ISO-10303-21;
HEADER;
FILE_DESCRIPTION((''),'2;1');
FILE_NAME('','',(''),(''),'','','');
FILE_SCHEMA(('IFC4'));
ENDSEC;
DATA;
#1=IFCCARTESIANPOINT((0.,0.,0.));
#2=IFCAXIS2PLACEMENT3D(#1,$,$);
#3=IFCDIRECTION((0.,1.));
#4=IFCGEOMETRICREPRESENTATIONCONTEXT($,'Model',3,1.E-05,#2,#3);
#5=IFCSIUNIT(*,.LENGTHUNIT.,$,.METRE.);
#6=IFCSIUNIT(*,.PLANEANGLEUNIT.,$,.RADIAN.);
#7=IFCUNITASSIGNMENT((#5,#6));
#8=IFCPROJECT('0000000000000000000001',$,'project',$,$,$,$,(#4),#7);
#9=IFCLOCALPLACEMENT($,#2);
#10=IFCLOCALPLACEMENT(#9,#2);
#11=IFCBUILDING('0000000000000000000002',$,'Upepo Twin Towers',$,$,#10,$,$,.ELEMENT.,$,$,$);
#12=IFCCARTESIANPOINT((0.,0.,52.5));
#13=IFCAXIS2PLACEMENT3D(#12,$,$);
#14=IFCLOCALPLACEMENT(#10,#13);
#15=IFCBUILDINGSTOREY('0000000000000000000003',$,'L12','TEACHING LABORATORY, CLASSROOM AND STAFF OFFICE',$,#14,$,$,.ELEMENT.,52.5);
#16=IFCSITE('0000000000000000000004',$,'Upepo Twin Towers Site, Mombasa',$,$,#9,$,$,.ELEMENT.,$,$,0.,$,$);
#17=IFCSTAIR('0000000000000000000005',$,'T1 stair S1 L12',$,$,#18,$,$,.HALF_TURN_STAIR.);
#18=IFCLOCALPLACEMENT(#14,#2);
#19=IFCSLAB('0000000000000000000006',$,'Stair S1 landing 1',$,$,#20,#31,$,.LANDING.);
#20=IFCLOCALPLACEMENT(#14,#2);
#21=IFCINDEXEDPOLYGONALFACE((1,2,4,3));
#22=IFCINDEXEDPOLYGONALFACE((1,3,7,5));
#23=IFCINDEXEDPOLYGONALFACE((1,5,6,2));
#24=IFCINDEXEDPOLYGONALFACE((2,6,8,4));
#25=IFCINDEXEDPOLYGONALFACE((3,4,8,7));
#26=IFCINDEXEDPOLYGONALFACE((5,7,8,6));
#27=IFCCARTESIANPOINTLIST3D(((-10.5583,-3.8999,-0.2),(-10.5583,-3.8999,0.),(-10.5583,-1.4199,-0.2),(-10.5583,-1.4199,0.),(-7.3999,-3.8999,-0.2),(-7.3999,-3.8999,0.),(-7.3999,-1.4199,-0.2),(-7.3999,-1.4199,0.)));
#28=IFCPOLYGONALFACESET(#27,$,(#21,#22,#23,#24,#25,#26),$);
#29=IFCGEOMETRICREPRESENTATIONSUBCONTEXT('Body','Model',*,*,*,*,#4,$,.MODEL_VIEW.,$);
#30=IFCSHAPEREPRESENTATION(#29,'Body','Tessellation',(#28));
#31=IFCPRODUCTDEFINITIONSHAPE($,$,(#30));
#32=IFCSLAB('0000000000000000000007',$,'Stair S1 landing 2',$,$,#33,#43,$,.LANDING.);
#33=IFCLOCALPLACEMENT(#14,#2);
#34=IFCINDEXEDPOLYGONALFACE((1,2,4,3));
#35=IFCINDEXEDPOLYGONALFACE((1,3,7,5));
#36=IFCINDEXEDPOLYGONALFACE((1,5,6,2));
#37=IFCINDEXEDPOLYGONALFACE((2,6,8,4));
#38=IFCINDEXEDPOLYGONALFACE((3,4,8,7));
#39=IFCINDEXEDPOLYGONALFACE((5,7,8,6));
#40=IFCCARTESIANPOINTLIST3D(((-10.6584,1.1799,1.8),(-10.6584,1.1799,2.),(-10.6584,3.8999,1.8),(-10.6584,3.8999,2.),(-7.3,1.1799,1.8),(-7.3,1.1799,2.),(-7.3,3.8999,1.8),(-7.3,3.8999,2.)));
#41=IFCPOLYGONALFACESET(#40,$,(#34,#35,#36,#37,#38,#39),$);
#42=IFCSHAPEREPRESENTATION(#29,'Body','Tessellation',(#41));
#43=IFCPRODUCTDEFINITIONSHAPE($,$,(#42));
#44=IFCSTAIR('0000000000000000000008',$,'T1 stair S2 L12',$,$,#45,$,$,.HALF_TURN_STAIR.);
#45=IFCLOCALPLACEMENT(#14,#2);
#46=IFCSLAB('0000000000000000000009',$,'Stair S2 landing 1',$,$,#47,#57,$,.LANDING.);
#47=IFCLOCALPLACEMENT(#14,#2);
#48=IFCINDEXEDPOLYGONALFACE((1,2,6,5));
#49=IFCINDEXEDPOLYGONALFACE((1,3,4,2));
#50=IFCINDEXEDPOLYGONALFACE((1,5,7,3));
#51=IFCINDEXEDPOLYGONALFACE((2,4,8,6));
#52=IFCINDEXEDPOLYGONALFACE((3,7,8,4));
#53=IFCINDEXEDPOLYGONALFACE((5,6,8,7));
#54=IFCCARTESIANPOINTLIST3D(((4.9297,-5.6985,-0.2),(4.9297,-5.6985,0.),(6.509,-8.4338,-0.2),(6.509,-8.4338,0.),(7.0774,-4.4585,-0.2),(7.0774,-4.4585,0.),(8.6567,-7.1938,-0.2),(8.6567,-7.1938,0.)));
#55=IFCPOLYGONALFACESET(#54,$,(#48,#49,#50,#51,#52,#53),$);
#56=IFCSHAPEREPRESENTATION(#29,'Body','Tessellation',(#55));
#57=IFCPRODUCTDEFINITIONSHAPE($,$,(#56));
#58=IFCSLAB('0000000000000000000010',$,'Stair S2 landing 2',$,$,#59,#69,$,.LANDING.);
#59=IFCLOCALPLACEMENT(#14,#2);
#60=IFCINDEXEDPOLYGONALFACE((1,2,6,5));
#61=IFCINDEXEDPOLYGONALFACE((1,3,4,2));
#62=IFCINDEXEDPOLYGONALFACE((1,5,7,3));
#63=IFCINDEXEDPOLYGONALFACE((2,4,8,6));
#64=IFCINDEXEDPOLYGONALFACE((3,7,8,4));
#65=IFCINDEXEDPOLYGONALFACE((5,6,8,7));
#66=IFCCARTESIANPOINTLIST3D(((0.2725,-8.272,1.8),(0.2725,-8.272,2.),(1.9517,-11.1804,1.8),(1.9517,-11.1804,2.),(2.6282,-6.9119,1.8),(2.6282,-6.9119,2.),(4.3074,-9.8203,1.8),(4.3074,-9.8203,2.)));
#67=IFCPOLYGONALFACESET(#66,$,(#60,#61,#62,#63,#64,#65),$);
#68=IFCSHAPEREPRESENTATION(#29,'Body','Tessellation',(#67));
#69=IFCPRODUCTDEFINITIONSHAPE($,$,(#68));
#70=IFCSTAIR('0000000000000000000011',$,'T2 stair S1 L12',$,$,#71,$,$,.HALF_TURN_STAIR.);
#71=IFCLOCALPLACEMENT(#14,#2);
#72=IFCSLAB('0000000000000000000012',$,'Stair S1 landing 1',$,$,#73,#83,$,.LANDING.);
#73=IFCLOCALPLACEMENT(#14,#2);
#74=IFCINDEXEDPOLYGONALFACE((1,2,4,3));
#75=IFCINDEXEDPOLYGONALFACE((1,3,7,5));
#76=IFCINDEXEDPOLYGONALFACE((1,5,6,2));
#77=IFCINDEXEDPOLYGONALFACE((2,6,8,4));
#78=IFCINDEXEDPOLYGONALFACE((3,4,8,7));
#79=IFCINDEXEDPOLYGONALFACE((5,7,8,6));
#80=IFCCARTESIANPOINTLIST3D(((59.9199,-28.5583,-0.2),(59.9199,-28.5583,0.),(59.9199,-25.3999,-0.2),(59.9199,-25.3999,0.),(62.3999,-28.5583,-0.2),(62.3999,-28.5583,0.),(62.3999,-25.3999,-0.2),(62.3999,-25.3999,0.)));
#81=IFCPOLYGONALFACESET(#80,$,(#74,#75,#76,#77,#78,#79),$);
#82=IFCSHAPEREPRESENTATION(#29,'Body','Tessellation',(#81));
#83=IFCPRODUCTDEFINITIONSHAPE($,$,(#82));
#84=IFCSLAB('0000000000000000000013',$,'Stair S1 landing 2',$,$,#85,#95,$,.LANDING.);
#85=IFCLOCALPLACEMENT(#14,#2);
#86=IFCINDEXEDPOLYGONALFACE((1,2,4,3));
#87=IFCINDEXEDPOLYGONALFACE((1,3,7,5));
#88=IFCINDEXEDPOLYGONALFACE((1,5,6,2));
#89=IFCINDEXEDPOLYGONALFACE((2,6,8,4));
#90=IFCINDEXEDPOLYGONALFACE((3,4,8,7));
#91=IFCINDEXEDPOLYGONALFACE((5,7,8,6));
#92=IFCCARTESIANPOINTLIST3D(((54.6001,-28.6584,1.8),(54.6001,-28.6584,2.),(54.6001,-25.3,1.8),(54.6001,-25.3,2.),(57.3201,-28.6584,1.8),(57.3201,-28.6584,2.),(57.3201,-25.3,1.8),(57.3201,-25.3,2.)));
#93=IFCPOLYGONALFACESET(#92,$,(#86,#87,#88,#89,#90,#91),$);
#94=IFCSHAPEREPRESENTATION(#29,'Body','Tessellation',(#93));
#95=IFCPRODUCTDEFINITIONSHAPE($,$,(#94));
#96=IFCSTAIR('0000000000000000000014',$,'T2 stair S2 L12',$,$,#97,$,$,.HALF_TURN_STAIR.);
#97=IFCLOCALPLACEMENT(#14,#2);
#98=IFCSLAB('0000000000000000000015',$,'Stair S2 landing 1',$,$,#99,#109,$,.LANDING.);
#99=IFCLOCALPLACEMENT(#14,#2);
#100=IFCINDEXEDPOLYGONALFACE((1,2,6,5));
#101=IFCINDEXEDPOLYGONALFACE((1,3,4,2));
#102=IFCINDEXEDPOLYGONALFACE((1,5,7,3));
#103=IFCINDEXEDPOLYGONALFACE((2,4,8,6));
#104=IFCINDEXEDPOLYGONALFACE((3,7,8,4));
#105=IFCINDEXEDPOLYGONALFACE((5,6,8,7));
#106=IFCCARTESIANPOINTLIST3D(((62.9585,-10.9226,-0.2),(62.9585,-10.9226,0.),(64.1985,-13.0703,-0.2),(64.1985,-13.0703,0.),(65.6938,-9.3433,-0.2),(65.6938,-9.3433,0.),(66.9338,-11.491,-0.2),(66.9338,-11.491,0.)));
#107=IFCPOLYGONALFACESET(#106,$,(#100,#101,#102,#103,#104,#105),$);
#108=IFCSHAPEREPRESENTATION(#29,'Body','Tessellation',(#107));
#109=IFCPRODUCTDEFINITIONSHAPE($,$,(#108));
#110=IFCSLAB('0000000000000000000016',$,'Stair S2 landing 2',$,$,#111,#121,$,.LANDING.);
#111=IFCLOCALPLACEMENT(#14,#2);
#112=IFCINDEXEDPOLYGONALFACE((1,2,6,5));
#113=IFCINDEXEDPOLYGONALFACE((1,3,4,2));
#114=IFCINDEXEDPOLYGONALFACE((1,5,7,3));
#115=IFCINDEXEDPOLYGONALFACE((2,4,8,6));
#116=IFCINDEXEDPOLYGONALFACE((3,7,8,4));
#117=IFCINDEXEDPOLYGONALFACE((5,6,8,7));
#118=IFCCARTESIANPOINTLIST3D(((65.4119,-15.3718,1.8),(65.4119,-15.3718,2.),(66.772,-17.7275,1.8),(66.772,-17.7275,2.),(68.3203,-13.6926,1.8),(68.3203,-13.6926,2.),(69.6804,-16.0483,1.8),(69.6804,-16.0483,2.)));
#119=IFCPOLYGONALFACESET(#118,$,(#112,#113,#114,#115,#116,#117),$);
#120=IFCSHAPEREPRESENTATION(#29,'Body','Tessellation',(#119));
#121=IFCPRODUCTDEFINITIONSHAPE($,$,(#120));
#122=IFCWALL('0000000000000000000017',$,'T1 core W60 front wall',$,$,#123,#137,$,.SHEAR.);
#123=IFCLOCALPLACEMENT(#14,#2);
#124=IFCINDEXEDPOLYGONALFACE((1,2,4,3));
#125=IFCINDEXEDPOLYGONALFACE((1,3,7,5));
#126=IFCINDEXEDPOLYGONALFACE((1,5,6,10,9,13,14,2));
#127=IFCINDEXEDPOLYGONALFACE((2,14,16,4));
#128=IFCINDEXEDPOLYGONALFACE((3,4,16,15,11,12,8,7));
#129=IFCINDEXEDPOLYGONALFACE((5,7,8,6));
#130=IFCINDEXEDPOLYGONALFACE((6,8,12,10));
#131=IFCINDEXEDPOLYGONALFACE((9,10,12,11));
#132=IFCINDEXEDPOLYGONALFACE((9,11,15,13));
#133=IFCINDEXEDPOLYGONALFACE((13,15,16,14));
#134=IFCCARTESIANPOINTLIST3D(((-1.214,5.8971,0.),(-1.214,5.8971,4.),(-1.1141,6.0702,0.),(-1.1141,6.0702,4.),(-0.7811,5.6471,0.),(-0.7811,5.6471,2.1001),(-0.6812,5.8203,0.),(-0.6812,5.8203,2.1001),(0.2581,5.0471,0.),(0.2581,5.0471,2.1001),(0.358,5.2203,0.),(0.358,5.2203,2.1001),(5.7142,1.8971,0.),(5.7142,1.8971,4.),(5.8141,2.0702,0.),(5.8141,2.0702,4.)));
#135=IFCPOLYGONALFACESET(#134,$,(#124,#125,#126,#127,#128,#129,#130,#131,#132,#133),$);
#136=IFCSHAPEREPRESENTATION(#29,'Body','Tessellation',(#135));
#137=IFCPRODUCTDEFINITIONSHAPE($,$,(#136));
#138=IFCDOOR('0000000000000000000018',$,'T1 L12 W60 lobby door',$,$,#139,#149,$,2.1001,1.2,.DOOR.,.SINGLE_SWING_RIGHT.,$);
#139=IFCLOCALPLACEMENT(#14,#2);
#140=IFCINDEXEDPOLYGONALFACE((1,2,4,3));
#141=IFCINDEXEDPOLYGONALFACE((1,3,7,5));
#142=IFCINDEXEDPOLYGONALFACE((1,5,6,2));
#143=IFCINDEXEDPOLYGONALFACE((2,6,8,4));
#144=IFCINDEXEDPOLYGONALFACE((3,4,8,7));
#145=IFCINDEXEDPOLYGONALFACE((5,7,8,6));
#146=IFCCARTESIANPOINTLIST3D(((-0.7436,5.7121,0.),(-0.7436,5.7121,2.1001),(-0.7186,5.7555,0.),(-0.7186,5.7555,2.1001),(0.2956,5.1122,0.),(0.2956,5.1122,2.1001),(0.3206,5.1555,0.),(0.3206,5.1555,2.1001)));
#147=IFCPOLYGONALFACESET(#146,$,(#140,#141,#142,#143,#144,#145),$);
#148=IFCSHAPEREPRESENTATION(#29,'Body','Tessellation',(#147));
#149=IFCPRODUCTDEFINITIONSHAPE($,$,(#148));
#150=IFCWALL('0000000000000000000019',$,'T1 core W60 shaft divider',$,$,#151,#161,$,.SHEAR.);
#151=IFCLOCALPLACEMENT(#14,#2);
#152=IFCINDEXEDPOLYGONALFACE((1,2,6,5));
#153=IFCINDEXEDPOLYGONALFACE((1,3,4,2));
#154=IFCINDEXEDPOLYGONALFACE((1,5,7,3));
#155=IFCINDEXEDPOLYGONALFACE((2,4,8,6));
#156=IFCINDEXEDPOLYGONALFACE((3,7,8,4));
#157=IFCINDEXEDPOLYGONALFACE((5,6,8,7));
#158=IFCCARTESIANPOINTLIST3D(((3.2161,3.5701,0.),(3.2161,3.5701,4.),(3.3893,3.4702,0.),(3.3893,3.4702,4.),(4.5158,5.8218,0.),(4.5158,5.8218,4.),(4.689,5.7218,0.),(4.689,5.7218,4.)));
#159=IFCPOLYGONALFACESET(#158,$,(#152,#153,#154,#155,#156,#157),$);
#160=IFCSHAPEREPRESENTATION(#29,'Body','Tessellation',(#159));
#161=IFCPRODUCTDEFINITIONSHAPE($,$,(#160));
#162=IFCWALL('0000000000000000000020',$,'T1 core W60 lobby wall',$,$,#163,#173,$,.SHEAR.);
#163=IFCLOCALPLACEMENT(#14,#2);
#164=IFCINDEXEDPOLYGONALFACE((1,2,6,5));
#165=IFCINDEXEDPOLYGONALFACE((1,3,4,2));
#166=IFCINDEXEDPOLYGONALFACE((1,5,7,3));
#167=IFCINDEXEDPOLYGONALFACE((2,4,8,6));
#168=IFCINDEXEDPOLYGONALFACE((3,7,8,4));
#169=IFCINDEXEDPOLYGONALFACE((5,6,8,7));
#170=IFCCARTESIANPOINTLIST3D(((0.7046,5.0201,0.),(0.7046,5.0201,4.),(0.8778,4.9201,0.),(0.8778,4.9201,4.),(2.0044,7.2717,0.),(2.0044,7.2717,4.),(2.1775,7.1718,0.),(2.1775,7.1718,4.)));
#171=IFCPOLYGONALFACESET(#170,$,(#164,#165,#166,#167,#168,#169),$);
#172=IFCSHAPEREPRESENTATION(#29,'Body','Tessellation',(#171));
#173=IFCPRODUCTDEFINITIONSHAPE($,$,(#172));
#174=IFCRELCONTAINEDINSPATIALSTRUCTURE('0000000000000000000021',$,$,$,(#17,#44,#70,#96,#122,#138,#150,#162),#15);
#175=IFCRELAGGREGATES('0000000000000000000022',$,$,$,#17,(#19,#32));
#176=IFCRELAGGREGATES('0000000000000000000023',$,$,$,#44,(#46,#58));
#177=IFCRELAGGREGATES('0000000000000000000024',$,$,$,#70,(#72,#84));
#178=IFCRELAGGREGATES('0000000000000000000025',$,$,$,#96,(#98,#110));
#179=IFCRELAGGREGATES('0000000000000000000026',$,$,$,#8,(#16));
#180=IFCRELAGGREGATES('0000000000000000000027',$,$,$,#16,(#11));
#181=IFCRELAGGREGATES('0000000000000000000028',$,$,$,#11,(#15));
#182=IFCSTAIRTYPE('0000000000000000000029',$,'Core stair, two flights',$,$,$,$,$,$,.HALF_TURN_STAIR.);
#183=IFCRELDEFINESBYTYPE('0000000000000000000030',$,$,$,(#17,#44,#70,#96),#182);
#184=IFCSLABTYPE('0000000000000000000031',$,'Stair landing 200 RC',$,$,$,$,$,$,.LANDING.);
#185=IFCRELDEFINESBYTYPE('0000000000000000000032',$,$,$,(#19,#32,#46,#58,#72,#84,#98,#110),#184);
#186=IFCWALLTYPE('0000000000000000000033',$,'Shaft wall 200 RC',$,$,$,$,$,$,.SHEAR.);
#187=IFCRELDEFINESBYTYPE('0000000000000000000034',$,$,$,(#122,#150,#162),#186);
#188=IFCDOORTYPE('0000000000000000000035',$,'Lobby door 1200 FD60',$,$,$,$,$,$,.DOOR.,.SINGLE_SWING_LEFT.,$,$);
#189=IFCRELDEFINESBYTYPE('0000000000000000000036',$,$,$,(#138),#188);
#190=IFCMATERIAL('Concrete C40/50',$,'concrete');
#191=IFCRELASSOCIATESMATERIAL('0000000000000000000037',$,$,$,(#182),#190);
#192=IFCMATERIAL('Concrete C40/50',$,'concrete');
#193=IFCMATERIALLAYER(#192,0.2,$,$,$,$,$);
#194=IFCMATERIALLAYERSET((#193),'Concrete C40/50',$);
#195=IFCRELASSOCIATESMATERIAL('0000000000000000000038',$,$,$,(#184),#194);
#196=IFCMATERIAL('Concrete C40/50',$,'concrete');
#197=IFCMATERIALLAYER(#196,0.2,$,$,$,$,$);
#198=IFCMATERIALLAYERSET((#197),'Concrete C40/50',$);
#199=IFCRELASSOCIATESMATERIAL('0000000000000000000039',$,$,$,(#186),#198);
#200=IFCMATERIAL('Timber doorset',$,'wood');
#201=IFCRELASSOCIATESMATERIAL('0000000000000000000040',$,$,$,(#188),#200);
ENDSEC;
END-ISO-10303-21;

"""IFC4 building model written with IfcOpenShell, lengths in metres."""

from ifc_helpers import new_model, si_unit, direction, frame, frame_2d, origin, place, context, subcontext, project, spatial, polyline, rectangle, outline, extrude, material, layer, layer_set, type_object, element, fill, aggregate, save


model = new_model("IFC4")

# Units and contexts
model_context = context("Model", 3, precision=1e-05, world=origin(), true_north=direction((0.0, 1.0)))
body_context = subcontext(model_context, "Body", "Model", "MODEL_VIEW")
ifc_project = project(units=[si_unit("LENGTHUNIT", "METRE"), si_unit("PLANEANGLEUNIT", "RADIAN")], contexts=[model_context])

# Site, building, storey
site_placement = place(None, origin())
site = spatial("IfcSite", under=ifc_project, at=site_placement, Name="Upepo Twin Towers Site, Mombasa", CompositionType="ELEMENT", RefElevation=0.0)
building_placement = place(site_placement, origin())
building = spatial("IfcBuilding", under=site, at=building_placement, Name="Upepo Twin Towers", CompositionType="ELEMENT")
storey_placement = place(building_placement, frame((0.0, 0.0, 52.5)))
storey = spatial("IfcBuildingStorey", under=building, at=storey_placement, Name="L12", Description="TEACHING LABORATORY, CLASSROOM AND STAFF OFFICE", CompositionType="ELEMENT", Elevation=52.5)

# Stairs, slabs
ifc_material_1 = material(Name="Concrete C40/50", Category="concrete")
stair_type = type_object("IfcStairType", Name="Core stair, two flights", PredefinedType="HALF_TURN_STAIR", material=ifc_material_1)
stair_1_placement = place(storey_placement, origin())
stair_1 = element("IfcStair", 1, at=stair_1_placement, inside=storey, type_object=stair_type, Name="T1 stair S1 L12", PredefinedType="HALF_TURN_STAIR")
ifc_material_2 = material(Name="Concrete C40/50", Category="concrete")
ifc_layer_1 = layer(ifc_material_2, 0.2)
ifc_layer_set_1 = layer_set([ifc_layer_1], Name="Concrete C40/50")
slab_type = type_object("IfcSlabType", Name="Stair landing 200 RC", PredefinedType="LANDING", material=ifc_layer_set_1)
slab_1_placement = place(storey_placement, frame((0.0, 0.0, -0.2)))
slab_1 = element("IfcSlab", 2, at=slab_1_placement, type_object=slab_type, Name="Stair S1 landing 1", PredefinedType="LANDING", context=body_context, shape_type="SweptSolid", body=[
    extrude(outline(polyline([(-7.3999, -1.4199), (-10.5583, -1.4199), (-10.5583, -3.8999), (-7.3999, -3.8999), (-7.3999, -1.4199)])), origin(), (0.0, 0.0, 1.0), 0.2),
])
slab_2_placement = place(storey_placement, frame((0.0, 0.0, 1.8)))
slab_2 = element("IfcSlab", 3, at=slab_2_placement, type_object=slab_type, Name="Stair S1 landing 2", PredefinedType="LANDING", context=body_context, shape_type="SweptSolid", body=[
    extrude(outline(polyline([(-7.3, 3.8999), (-10.6584, 3.8999), (-10.6584, 1.1799), (-7.3, 1.1799), (-7.3, 3.8999)])), origin(), (0.0, 0.0, 1.0), 0.2),
])
aggregate(stair_1, [slab_1, slab_2])
stair_2_placement = place(storey_placement, origin())
stair_2 = element("IfcStair", 4, at=stair_2_placement, inside=storey, type_object=stair_type, Name="T1 stair S2 L12", PredefinedType="HALF_TURN_STAIR")
slab_3_placement = place(storey_placement, frame((0.0, 0.0, -0.2)))
slab_3 = element("IfcSlab", 5, at=slab_3_placement, type_object=slab_type, Name="Stair S2 landing 1", PredefinedType="LANDING", context=body_context, shape_type="SweptSolid", body=[
    extrude(outline(polyline([(4.9297, -5.6985), (6.509, -8.4338), (8.6567, -7.1938), (7.0774, -4.4585), (4.9297, -5.6985)])), origin(), (0.0, 0.0, 1.0), 0.2),
])
slab_4_placement = place(storey_placement, frame((0.0, 0.0, 1.8)))
slab_4 = element("IfcSlab", 6, at=slab_4_placement, type_object=slab_type, Name="Stair S2 landing 2", PredefinedType="LANDING", context=body_context, shape_type="SweptSolid", body=[
    extrude(outline(polyline([(0.2725, -8.272), (1.9517, -11.1804), (4.3074, -9.8203), (2.6282, -6.9119), (0.2725, -8.272)])), origin(), (0.0, 0.0, 1.0), 0.2),
])
aggregate(stair_2, [slab_3, slab_4])
stair_3_placement = place(storey_placement, origin())
stair_3 = element("IfcStair", 7, at=stair_3_placement, inside=storey, type_object=stair_type, Name="T2 stair S1 L12", PredefinedType="HALF_TURN_STAIR")
slab_5_placement = place(storey_placement, frame((0.0, 0.0, -0.2)))
slab_5 = element("IfcSlab", 8, at=slab_5_placement, type_object=slab_type, Name="Stair S1 landing 1", PredefinedType="LANDING", context=body_context, shape_type="SweptSolid", body=[
    extrude(outline(polyline([(59.9199, -25.3999), (59.9199, -28.5583), (62.3999, -28.5583), (62.3999, -25.3999), (59.9199, -25.3999)])), origin(), (0.0, 0.0, 1.0), 0.2),
])
slab_6_placement = place(storey_placement, frame((0.0, 0.0, 1.8)))
slab_6 = element("IfcSlab", 9, at=slab_6_placement, type_object=slab_type, Name="Stair S1 landing 2", PredefinedType="LANDING", context=body_context, shape_type="SweptSolid", body=[
    extrude(outline(polyline([(54.6001, -25.3), (54.6001, -28.6584), (57.3201, -28.6584), (57.3201, -25.3), (54.6001, -25.3)])), origin(), (0.0, 0.0, 1.0), 0.2),
])
aggregate(stair_3, [slab_5, slab_6])
stair_4_placement = place(storey_placement, origin())
stair_4 = element("IfcStair", 10, at=stair_4_placement, inside=storey, type_object=stair_type, Name="T2 stair S2 L12", PredefinedType="HALF_TURN_STAIR")
slab_7_placement = place(storey_placement, frame((0.0, 0.0, -0.2)))
slab_7 = element("IfcSlab", 11, at=slab_7_placement, type_object=slab_type, Name="Stair S2 landing 1", PredefinedType="LANDING", context=body_context, shape_type="SweptSolid", body=[
    extrude(outline(polyline([(64.1985, -13.0703), (66.9338, -11.491), (65.6938, -9.3433), (62.9585, -10.9226), (64.1985, -13.0703)])), origin(), (0.0, 0.0, 1.0), 0.2),
])
slab_8_placement = place(storey_placement, frame((0.0, 0.0, 1.8)))
slab_8 = element("IfcSlab", 12, at=slab_8_placement, type_object=slab_type, Name="Stair S2 landing 2", PredefinedType="LANDING", context=body_context, shape_type="SweptSolid", body=[
    extrude(outline(polyline([(66.772, -17.7275), (69.6804, -16.0483), (68.3203, -13.6926), (65.4119, -15.3718), (66.772, -17.7275)])), origin(), (0.0, 0.0, 1.0), 0.2),
])
aggregate(stair_4, [slab_7, slab_8])

# Wall, opening, door
ifc_material_3 = material(Name="Concrete C40/50", Category="concrete")
ifc_layer_2 = layer(ifc_material_3, 0.2)
ifc_layer_set_2 = layer_set([ifc_layer_2], Name="Concrete C40/50")
wall_type_1 = type_object("IfcWallType", Name="Shaft wall 200 RC", PredefinedType="SHEAR", material=ifc_layer_set_2)
wall_1_placement = place(storey_placement, frame((5.7642, 1.9836, 0.0), z_axis=(0.0, 0.0, 1.0), x_axis=(-0.866026, 0.499999, 0.0)))
wall_1 = element("IfcWall", 13, at=wall_1_placement, inside=storey, type_object=wall_type_1, Name="T1 core W60 front wall", PredefinedType="SHEAR", context=body_context, shape_type="SweptSolid", body=[
    extrude(rectangle(XDim=8.0, YDim=0.2, at=frame_2d((4.0, 0.0))), origin(), (0.0, 0.0, 1.0), 4.0),
])
opening_1_placement = place(wall_1_placement, frame((6.3, 0.0, 0.0)))
opening_1 = element("IfcOpeningElement", 14, at=opening_1_placement, cuts=wall_1, PredefinedType="OPENING", context=body_context, shape_type="SweptSolid", body=[
    extrude(rectangle(XDim=1.2, YDim=2.1001, at=frame_2d((0.6001, 1.05))), frame((0.0, 0.1099, 0.0), z_axis=(0.0, -1.0, 0.0), x_axis=(1.0, 0.0, 0.0)), (0.0, 0.0, 1.0), 0.22),
])
ifc_material_4 = material(Name="Timber doorset", Category="wood")
door_type_1 = type_object("IfcDoorType", Name="Lobby door 1200 FD60", OperationType="SINGLE_SWING_LEFT", PredefinedType="DOOR", material=ifc_material_4)
door_1_placement = place(opening_1_placement, origin())
door_1 = element("IfcDoor", 15, at=door_1_placement, inside=storey, type_object=door_type_1, Name="T1 L12 W60 lobby door", OperationType="SINGLE_SWING_RIGHT", OverallHeight=2.1001, OverallWidth=1.2, PredefinedType="DOOR", context=body_context, shape_type="SweptSolid", body=[
    extrude(rectangle(XDim=1.2, YDim=2.1001, at=frame_2d((0.6001, 1.05))), frame((0.0, 0.0249, 0.0), z_axis=(0.0, -1.0, 0.0), x_axis=(1.0, 0.0, 0.0)), (0.0, 0.0, 1.0), 0.05),
])
fill(opening_1, door_1)

# Walls
for number, where, z_axis, x_axis, name in (
    (16, (3.3027, 3.5203, 0.0), (0.0, 0.0, 1.0), (0.499937, 0.866062, 0.0), "T1 core W60 shaft divider"),
    (17, (0.7913, 4.9702, 0.0), (0.0, 0.0, 1.0), (0.499937, 0.866062, 0.0), "T1 core W60 lobby wall"),
):
    element("IfcWall", number, at=place(storey_placement, frame(where, z_axis=z_axis, x_axis=x_axis)), inside=storey, type_object=wall_type_1, Name=name, PredefinedType="SHEAR", context=body_context, shape_type="SweptSolid", body=[
        extrude(rectangle(XDim=2.5999, YDim=0.2, at=frame_2d((1.2998, 0.0))), origin(), (0.0, 0.0, 1.0), 4.0),
    ])

save(model, "model.ifc")
